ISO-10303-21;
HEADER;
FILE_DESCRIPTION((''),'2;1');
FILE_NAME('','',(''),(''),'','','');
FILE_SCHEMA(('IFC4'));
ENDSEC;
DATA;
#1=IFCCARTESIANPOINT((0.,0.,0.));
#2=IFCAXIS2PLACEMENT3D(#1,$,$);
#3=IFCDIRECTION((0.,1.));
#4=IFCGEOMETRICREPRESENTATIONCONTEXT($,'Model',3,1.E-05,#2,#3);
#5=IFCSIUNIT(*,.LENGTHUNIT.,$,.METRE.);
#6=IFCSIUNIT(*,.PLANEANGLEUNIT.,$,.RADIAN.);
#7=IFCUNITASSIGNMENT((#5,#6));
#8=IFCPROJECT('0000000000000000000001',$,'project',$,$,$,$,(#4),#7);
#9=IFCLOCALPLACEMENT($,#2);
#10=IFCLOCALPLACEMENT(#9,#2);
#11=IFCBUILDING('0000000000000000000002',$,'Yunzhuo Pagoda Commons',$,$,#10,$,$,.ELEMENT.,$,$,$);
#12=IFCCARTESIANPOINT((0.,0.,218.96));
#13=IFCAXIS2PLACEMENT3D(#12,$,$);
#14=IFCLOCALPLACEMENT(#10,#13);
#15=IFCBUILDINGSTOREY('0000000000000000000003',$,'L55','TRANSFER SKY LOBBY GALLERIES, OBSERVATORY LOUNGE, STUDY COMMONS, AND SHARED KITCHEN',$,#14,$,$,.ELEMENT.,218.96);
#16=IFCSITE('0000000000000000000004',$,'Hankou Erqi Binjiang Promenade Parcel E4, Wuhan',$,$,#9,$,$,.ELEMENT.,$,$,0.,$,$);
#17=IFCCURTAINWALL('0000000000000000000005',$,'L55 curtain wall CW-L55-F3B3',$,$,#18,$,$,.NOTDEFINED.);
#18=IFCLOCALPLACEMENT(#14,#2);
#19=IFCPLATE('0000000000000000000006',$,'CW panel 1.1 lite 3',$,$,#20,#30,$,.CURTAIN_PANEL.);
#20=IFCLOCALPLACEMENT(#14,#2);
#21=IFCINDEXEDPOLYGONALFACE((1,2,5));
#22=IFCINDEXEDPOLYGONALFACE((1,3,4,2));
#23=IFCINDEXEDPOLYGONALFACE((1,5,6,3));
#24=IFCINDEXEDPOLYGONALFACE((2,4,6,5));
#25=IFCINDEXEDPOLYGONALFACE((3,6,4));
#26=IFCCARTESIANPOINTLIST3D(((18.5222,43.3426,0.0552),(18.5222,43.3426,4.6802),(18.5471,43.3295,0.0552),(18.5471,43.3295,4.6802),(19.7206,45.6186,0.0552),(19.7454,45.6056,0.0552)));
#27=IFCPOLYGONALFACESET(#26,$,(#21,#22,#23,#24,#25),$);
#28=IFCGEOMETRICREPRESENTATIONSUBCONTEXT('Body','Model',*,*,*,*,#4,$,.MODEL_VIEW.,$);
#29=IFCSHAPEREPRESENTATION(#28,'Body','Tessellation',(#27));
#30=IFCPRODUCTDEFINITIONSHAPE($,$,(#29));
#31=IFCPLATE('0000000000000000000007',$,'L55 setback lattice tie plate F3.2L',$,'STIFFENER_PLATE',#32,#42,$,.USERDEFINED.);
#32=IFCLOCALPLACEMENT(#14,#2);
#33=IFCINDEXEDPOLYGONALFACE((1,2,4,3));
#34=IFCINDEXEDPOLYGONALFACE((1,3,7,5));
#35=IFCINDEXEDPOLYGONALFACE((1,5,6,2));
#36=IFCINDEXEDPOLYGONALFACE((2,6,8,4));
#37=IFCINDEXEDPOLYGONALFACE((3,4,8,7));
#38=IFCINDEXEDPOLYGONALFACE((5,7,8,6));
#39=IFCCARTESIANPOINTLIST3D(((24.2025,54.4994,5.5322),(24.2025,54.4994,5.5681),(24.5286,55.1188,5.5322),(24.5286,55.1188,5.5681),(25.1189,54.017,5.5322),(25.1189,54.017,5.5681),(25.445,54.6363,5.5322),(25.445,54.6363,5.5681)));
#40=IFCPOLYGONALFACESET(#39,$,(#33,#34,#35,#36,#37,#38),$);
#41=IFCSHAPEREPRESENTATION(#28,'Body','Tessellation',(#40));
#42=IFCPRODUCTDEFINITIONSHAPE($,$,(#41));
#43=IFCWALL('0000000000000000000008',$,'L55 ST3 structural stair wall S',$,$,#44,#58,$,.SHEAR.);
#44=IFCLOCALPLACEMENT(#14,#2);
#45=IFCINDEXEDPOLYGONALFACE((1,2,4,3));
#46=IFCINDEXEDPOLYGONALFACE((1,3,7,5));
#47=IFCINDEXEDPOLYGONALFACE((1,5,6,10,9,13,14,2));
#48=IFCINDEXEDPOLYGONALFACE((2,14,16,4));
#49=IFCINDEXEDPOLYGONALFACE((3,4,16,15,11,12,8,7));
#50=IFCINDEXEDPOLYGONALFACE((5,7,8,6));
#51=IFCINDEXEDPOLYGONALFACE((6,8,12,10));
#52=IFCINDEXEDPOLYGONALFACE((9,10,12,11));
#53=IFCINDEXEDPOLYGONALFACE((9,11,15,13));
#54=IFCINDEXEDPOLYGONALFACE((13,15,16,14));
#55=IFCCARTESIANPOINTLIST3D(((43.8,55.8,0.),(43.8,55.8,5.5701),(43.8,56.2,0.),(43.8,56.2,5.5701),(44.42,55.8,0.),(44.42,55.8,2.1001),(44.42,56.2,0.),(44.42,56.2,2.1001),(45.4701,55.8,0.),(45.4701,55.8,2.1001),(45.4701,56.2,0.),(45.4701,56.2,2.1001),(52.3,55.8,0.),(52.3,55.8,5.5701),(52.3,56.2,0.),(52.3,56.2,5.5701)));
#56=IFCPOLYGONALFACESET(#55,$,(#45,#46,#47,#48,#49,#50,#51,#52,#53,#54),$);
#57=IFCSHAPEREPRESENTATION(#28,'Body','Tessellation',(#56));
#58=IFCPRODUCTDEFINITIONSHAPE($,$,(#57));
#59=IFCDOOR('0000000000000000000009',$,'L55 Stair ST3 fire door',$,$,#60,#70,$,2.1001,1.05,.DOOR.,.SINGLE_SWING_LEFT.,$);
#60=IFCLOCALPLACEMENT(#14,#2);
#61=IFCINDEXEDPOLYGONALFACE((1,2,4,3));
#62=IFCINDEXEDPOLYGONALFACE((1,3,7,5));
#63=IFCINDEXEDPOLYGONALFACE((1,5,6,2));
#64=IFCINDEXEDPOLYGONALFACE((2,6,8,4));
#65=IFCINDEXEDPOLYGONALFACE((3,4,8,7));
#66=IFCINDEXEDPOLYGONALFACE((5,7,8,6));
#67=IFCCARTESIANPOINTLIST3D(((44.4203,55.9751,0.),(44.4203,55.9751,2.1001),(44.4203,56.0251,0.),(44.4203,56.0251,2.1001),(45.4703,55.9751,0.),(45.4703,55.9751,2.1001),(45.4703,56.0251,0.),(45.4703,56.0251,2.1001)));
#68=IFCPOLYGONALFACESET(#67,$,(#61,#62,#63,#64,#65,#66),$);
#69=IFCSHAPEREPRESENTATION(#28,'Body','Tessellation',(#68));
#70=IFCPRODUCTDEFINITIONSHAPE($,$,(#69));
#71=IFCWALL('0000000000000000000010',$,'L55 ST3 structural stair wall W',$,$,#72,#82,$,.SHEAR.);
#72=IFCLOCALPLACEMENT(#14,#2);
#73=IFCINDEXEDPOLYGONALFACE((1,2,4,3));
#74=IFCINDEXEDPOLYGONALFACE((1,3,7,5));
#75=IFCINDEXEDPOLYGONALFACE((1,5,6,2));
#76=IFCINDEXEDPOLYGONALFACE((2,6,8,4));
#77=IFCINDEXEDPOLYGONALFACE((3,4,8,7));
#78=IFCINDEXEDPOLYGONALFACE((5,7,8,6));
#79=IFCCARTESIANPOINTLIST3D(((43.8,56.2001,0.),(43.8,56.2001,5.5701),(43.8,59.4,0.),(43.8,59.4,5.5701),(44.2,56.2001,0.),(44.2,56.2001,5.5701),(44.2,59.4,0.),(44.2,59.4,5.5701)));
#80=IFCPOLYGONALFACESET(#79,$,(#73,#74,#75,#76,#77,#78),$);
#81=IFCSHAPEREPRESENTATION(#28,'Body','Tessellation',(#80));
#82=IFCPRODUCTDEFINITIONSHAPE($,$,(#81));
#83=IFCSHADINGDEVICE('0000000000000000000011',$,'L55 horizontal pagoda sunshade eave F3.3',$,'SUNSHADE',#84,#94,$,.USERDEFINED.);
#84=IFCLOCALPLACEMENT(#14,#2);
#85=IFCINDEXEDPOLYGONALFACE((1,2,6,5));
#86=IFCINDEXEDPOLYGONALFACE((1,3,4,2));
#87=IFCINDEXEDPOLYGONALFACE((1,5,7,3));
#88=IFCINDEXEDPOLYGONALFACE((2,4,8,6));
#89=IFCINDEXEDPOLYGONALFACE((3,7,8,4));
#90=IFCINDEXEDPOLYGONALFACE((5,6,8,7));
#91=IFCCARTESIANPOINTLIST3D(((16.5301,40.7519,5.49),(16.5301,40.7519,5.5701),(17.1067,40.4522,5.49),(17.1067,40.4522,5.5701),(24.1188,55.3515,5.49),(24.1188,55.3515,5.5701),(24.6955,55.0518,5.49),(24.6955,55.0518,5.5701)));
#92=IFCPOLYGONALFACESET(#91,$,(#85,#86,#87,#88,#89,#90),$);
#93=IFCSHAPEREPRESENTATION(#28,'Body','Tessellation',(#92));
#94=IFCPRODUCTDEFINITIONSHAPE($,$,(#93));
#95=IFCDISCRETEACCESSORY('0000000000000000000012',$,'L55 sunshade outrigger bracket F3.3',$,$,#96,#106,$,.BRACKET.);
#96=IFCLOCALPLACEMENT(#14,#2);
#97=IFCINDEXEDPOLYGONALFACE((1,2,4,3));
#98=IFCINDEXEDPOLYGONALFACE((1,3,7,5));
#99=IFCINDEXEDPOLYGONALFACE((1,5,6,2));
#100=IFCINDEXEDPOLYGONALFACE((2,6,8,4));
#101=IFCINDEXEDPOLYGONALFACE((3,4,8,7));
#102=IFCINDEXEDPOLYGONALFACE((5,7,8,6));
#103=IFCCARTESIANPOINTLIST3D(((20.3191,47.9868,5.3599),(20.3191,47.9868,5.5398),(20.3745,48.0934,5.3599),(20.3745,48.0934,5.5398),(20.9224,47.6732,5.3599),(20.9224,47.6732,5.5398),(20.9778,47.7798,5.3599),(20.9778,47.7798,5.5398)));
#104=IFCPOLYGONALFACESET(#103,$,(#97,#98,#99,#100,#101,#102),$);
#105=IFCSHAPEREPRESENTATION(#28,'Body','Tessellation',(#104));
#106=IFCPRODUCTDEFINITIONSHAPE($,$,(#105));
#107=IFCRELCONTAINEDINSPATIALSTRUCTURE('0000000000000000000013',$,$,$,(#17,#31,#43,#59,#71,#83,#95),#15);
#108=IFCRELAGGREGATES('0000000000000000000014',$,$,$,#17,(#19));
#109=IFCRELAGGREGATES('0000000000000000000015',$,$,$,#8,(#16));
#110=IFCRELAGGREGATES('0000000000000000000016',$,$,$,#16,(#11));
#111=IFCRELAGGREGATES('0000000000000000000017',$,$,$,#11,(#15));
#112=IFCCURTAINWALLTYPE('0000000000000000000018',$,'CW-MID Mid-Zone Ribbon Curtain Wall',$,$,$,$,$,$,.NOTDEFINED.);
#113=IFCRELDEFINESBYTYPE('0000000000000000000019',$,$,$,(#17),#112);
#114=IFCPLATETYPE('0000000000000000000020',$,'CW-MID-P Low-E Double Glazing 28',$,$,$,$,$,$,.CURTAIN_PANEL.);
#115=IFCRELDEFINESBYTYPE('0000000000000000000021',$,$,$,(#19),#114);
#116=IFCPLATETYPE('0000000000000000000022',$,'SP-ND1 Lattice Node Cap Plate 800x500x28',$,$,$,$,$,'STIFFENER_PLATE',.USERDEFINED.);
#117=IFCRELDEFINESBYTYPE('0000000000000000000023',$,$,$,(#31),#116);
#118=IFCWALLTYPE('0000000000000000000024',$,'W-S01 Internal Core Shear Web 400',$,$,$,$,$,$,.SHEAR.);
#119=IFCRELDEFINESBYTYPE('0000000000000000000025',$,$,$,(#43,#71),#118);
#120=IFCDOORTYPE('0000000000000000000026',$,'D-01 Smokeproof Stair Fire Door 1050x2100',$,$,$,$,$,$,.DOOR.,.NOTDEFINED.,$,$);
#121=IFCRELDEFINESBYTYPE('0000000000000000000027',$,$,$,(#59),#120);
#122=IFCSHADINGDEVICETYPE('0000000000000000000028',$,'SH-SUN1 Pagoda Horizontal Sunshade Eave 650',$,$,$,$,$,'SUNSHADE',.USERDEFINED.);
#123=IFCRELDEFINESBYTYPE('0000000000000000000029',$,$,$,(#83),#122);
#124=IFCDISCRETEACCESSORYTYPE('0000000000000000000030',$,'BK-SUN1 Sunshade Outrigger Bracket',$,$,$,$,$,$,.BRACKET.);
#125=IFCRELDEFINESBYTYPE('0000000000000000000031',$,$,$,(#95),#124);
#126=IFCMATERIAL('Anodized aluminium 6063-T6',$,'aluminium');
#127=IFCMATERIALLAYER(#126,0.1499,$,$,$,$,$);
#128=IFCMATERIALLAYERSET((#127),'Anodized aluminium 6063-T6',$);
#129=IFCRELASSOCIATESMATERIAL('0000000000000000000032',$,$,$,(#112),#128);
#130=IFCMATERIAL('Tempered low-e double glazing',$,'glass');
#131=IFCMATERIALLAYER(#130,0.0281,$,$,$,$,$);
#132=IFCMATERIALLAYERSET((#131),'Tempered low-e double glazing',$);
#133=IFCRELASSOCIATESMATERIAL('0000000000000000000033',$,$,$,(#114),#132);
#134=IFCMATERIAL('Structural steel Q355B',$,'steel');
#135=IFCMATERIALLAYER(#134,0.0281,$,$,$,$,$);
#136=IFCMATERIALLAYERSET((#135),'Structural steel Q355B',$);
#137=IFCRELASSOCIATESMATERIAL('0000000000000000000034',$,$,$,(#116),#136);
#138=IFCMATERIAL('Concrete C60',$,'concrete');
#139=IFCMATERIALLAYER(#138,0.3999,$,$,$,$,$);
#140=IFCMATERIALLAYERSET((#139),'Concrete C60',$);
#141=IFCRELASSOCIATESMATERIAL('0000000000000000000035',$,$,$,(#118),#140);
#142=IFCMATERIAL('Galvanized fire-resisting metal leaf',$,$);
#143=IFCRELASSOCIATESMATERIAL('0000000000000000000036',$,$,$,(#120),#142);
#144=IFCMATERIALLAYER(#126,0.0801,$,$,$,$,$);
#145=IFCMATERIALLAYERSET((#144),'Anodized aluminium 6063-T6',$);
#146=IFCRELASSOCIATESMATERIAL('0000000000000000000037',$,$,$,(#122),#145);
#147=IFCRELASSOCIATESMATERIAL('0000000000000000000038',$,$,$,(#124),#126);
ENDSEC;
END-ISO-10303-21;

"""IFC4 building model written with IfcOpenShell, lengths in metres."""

from ifc_helpers import new_model, si_unit, direction, frame, frame_2d, origin, origin_2d, place, context, subcontext, project, spatial, polyline, rectangle, outline, extrude, source, transform, mapped, material, layer, layer_set, type_object, element, fill, aggregate, save


model = new_model("IFC4")

# Units and contexts
model_context = context("Model", 3, precision=1e-05, world=origin(), true_north=direction((0.0, 1.0)))
body_context = subcontext(model_context, "Body", "Model", "MODEL_VIEW")
ifc_project = project(units=[si_unit("LENGTHUNIT", "METRE"), si_unit("PLANEANGLEUNIT", "RADIAN")], contexts=[model_context])

# Site, building, storey
site_placement = place(None, origin())
site = spatial("IfcSite", under=ifc_project, at=site_placement, Name="Hankou Erqi Binjiang Promenade Parcel E4, Wuhan", CompositionType="ELEMENT", RefElevation=0.0)
building_placement = place(site_placement, origin())
building = spatial("IfcBuilding", under=site, at=building_placement, Name="Yunzhuo Pagoda Commons", CompositionType="ELEMENT")
storey_placement = place(building_placement, frame((0.0, 0.0, 218.96)))
storey = spatial("IfcBuildingStorey", under=building, at=storey_placement, Name="L55", Description="TRANSFER SKY LOBBY GALLERIES, OBSERVATORY LOUNGE, STUDY COMMONS, AND SHARED KITCHEN", CompositionType="ELEMENT", Elevation=218.96)

# Shared definitions
ifc_material_1 = material(Name="Structural steel Q355B", Category="steel")

# Shared definitions
ifc_material_2 = material(Name="Anodized aluminium 6063-T6", Category="aluminium")
ifc_layer_1 = layer(ifc_material_2, 0.1499)
ifc_layer_set_1 = layer_set([ifc_layer_1], Name="Anodized aluminium 6063-T6")
curtain_wall_type = type_object("IfcCurtainWallType", Name="CW-MID Mid-Zone Ribbon Curtain Wall", PredefinedType="NOTDEFINED", material=ifc_layer_set_1)

# Curtain wall
curtain_wall_1_placement = place(storey_placement, origin())
curtain_wall_1 = element("IfcCurtainWall", 1, at=curtain_wall_1_placement, inside=storey, type_object=curtain_wall_type, Name="L55 curtain wall CW-L55-F3B3", PredefinedType="NOTDEFINED")

# Plates
ifc_material_3 = material(Name="Tempered low-e double glazing", Category="glass")
ifc_layer_2 = layer(ifc_material_3, 0.0281)
ifc_layer_set_2 = layer_set([ifc_layer_2], Name="Tempered low-e double glazing")
plate_type_1 = type_object("IfcPlateType", Name="CW-MID-P Low-E Double Glazing 28", PredefinedType="CURTAIN_PANEL", material=ifc_layer_set_2)
plate_1_placement = place(storey_placement, frame((19.1462, 44.4675, 2.3677), z_axis=(-0.88485, 0.465875, 0.0), x_axis=(-0.465875, -0.88485, 0.0)))
plate_1 = element("IfcPlate", 2, at=plate_1_placement, type_object=plate_type_1, Name="CW panel 1.1 lite 3", PredefinedType="CURTAIN_PANEL", context=body_context, shape_type="SweptSolid", body=[
    extrude(outline(polyline([(-1.2861, -2.3125), (1.2861, -2.3125), (1.2861, 2.3125), (-1.2861, -2.3125)])), origin(), (0.0, 0.0, 1.0), 0.0281),
])
aggregate(curtain_wall_1, [plate_1])
ifc_layer_3 = layer(ifc_material_1, 0.0281)
ifc_layer_set_3 = layer_set([ifc_layer_3], Name="Structural steel Q355B")
plate_type_2 = type_object("IfcPlateType", Name="SP-ND1 Lattice Node Cap Plate 800x500x28", ElementType="STIFFENER_PLATE", PredefinedType="USERDEFINED", material=ifc_layer_set_3)
shared_shape_1 = source(origin(), body_context, "Body", "SweptSolid", [
    extrude(rectangle(XDim=0.7, YDim=1.0356, at=origin_2d()), origin(), (0.0, 0.0, 1.0), 0.0359),
])
plate_2_placement = place(storey_placement, frame((24.8237, 54.5679, 5.5322), z_axis=(0.0, 0.0, 1.0), x_axis=(-0.465877, -0.884849, 0.0)))
element("IfcPlate", 3, at=plate_2_placement, inside=storey, type_object=plate_type_2, Name="L55 setback lattice tie plate F3.2L", ObjectType="STIFFENER_PLATE", PredefinedType="USERDEFINED", context=body_context, shape_type="MappedRepresentation", body=[
    mapped(shared_shape_1, transform((0.0, 0.0, 0.0), scale=1.0)),
])

# Wall, opening, door
ifc_material_4 = material(Name="Concrete C60", Category="concrete")
ifc_layer_4 = layer(ifc_material_4, 0.3999)
ifc_layer_set_4 = layer_set([ifc_layer_4], Name="Concrete C60")
wall_type = type_object("IfcWallType", Name="W-S01 Internal Core Shear Web 400", PredefinedType="SHEAR", material=ifc_layer_set_4)
wall_1_placement = place(storey_placement, frame((43.8, 56.0, 0.0), z_axis=(0.0, 0.0, 1.0), x_axis=(1.0, 0.0, 0.0)))
wall_1 = element("IfcWall", 4, at=wall_1_placement, inside=storey, type_object=wall_type, Name="L55 ST3 structural stair wall S", PredefinedType="SHEAR", context=body_context, shape_type="SweptSolid", body=[
    extrude(rectangle(XDim=8.5, YDim=0.3999, at=frame_2d((4.25, 0.0))), origin(), (0.0, 0.0, 1.0), 5.5701),
])
opening_placement = place(wall_1_placement, frame((0.6201, 0.0, 0.0)))
opening = element("IfcOpeningElement", 5, at=opening_placement, cuts=wall_1, PredefinedType="OPENING", context=body_context, shape_type="SweptSolid", body=[
    extrude(rectangle(XDim=1.05, YDim=2.1001, at=frame_2d((0.5249, 1.05))), frame((0.0, 0.21, 0.0), z_axis=(0.0, -1.0, 0.0), x_axis=(1.0, 0.0, 0.0)), (0.0, 0.0, 1.0), 0.4199),
])
ifc_material_5 = material(Name="Galvanized fire-resisting metal leaf")
door_type = type_object("IfcDoorType", Name="D-01 Smokeproof Stair Fire Door 1050x2100", OperationType="NOTDEFINED", PredefinedType="DOOR", material=ifc_material_5)
shared_shape_2 = source(origin(), body_context, "Body", "SweptSolid", [
    extrude(rectangle(XDim=1.05, YDim=2.1001, at=frame_2d((0.5249, 1.05))), frame((0.0, 0.0249, 0.0), z_axis=(0.0, -1.0, 0.0), x_axis=(1.0, 0.0, 0.0)), (0.0, 0.0, 1.0), 0.05),
])
door_placement = place(opening_placement, frame((1.05, 0.0, 0.0), z_axis=(0.0, 0.0, 1.0), x_axis=(-1.0, 0.0, 0.0)))
door = element("IfcDoor", 6, at=door_placement, inside=storey, type_object=door_type, Name="L55 Stair ST3 fire door", OperationType="SINGLE_SWING_LEFT", OverallHeight=2.1001, OverallWidth=1.05, PredefinedType="DOOR", context=body_context, shape_type="MappedRepresentation", body=[
    mapped(shared_shape_2, transform((0.0, 0.0, 0.0), scale=1.0)),
])
fill(opening, door)

# Wall
wall_2_placement = place(storey_placement, frame((44.0, 56.2, 0.0), z_axis=(0.0, 0.0, 1.0), x_axis=(0.0, 1.0, 0.0)))
element("IfcWall", 7, at=wall_2_placement, inside=storey, type_object=wall_type, Name="L55 ST3 structural stair wall W", PredefinedType="SHEAR", context=body_context, shape_type="SweptSolid", body=[
    extrude(rectangle(XDim=3.2, YDim=0.3999, at=frame_2d((1.6001, 0.0))), origin(), (0.0, 0.0, 1.0), 5.5701),
])

# Shading device
ifc_layer_5 = layer(ifc_material_2, 0.0801)
ifc_layer_set_5 = layer_set([ifc_layer_5], Name="Anodized aluminium 6063-T6")
shading_device_type = type_object("IfcShadingDeviceType", Name="SH-SUN1 Pagoda Horizontal Sunshade Eave 650", ElementType="SUNSHADE", PredefinedType="USERDEFINED", material=ifc_layer_set_5)
shared_shape_3 = source(origin(), body_context, "Body", "SweptSolid", [
    extrude(rectangle(XDim=16.4541, YDim=0.6499, at=origin_2d()), origin(), (0.0, 0.0, 1.0), 0.0801),
])
shading_device_placement = place(storey_placement, frame((20.6128, 47.9019, 5.49), z_axis=(0.0, 0.0, 1.0), x_axis=(-0.461207, -0.887293, 0.0)))
element("IfcShadingDevice", 8, at=shading_device_placement, inside=storey, type_object=shading_device_type, Name="L55 horizontal pagoda sunshade eave F3.3", ObjectType="SUNSHADE", PredefinedType="USERDEFINED", context=body_context, shape_type="MappedRepresentation", body=[
    mapped(shared_shape_3, transform((0.0, 0.0, 0.0), scale=1.0)),
])

# Discrete accessory
discrete_accessory_type = type_object("IfcDiscreteAccessoryType", Name="BK-SUN1 Sunshade Outrigger Bracket", PredefinedType="BRACKET", material=ifc_material_2)
shared_shape_4 = source(origin(), body_context, "Body", "SweptSolid", [
    extrude(rectangle(XDim=0.1201, YDim=0.6799, at=origin_2d()), origin(), (0.0, 0.0, 1.0), 0.1799),
])
discrete_accessory_placement = place(storey_placement, frame((20.6484, 47.8833, 5.3599), z_axis=(0.0, 0.0, 1.0), x_axis=(-0.461207, -0.887293, 0.0)))
element("IfcDiscreteAccessory", 9, at=discrete_accessory_placement, inside=storey, type_object=discrete_accessory_type, Name="L55 sunshade outrigger bracket F3.3", PredefinedType="BRACKET", context=body_context, shape_type="MappedRepresentation", body=[
    mapped(shared_shape_4, transform((0.0, 0.0, 0.0), scale=1.0)),
])

save(model, "model.ifc")
